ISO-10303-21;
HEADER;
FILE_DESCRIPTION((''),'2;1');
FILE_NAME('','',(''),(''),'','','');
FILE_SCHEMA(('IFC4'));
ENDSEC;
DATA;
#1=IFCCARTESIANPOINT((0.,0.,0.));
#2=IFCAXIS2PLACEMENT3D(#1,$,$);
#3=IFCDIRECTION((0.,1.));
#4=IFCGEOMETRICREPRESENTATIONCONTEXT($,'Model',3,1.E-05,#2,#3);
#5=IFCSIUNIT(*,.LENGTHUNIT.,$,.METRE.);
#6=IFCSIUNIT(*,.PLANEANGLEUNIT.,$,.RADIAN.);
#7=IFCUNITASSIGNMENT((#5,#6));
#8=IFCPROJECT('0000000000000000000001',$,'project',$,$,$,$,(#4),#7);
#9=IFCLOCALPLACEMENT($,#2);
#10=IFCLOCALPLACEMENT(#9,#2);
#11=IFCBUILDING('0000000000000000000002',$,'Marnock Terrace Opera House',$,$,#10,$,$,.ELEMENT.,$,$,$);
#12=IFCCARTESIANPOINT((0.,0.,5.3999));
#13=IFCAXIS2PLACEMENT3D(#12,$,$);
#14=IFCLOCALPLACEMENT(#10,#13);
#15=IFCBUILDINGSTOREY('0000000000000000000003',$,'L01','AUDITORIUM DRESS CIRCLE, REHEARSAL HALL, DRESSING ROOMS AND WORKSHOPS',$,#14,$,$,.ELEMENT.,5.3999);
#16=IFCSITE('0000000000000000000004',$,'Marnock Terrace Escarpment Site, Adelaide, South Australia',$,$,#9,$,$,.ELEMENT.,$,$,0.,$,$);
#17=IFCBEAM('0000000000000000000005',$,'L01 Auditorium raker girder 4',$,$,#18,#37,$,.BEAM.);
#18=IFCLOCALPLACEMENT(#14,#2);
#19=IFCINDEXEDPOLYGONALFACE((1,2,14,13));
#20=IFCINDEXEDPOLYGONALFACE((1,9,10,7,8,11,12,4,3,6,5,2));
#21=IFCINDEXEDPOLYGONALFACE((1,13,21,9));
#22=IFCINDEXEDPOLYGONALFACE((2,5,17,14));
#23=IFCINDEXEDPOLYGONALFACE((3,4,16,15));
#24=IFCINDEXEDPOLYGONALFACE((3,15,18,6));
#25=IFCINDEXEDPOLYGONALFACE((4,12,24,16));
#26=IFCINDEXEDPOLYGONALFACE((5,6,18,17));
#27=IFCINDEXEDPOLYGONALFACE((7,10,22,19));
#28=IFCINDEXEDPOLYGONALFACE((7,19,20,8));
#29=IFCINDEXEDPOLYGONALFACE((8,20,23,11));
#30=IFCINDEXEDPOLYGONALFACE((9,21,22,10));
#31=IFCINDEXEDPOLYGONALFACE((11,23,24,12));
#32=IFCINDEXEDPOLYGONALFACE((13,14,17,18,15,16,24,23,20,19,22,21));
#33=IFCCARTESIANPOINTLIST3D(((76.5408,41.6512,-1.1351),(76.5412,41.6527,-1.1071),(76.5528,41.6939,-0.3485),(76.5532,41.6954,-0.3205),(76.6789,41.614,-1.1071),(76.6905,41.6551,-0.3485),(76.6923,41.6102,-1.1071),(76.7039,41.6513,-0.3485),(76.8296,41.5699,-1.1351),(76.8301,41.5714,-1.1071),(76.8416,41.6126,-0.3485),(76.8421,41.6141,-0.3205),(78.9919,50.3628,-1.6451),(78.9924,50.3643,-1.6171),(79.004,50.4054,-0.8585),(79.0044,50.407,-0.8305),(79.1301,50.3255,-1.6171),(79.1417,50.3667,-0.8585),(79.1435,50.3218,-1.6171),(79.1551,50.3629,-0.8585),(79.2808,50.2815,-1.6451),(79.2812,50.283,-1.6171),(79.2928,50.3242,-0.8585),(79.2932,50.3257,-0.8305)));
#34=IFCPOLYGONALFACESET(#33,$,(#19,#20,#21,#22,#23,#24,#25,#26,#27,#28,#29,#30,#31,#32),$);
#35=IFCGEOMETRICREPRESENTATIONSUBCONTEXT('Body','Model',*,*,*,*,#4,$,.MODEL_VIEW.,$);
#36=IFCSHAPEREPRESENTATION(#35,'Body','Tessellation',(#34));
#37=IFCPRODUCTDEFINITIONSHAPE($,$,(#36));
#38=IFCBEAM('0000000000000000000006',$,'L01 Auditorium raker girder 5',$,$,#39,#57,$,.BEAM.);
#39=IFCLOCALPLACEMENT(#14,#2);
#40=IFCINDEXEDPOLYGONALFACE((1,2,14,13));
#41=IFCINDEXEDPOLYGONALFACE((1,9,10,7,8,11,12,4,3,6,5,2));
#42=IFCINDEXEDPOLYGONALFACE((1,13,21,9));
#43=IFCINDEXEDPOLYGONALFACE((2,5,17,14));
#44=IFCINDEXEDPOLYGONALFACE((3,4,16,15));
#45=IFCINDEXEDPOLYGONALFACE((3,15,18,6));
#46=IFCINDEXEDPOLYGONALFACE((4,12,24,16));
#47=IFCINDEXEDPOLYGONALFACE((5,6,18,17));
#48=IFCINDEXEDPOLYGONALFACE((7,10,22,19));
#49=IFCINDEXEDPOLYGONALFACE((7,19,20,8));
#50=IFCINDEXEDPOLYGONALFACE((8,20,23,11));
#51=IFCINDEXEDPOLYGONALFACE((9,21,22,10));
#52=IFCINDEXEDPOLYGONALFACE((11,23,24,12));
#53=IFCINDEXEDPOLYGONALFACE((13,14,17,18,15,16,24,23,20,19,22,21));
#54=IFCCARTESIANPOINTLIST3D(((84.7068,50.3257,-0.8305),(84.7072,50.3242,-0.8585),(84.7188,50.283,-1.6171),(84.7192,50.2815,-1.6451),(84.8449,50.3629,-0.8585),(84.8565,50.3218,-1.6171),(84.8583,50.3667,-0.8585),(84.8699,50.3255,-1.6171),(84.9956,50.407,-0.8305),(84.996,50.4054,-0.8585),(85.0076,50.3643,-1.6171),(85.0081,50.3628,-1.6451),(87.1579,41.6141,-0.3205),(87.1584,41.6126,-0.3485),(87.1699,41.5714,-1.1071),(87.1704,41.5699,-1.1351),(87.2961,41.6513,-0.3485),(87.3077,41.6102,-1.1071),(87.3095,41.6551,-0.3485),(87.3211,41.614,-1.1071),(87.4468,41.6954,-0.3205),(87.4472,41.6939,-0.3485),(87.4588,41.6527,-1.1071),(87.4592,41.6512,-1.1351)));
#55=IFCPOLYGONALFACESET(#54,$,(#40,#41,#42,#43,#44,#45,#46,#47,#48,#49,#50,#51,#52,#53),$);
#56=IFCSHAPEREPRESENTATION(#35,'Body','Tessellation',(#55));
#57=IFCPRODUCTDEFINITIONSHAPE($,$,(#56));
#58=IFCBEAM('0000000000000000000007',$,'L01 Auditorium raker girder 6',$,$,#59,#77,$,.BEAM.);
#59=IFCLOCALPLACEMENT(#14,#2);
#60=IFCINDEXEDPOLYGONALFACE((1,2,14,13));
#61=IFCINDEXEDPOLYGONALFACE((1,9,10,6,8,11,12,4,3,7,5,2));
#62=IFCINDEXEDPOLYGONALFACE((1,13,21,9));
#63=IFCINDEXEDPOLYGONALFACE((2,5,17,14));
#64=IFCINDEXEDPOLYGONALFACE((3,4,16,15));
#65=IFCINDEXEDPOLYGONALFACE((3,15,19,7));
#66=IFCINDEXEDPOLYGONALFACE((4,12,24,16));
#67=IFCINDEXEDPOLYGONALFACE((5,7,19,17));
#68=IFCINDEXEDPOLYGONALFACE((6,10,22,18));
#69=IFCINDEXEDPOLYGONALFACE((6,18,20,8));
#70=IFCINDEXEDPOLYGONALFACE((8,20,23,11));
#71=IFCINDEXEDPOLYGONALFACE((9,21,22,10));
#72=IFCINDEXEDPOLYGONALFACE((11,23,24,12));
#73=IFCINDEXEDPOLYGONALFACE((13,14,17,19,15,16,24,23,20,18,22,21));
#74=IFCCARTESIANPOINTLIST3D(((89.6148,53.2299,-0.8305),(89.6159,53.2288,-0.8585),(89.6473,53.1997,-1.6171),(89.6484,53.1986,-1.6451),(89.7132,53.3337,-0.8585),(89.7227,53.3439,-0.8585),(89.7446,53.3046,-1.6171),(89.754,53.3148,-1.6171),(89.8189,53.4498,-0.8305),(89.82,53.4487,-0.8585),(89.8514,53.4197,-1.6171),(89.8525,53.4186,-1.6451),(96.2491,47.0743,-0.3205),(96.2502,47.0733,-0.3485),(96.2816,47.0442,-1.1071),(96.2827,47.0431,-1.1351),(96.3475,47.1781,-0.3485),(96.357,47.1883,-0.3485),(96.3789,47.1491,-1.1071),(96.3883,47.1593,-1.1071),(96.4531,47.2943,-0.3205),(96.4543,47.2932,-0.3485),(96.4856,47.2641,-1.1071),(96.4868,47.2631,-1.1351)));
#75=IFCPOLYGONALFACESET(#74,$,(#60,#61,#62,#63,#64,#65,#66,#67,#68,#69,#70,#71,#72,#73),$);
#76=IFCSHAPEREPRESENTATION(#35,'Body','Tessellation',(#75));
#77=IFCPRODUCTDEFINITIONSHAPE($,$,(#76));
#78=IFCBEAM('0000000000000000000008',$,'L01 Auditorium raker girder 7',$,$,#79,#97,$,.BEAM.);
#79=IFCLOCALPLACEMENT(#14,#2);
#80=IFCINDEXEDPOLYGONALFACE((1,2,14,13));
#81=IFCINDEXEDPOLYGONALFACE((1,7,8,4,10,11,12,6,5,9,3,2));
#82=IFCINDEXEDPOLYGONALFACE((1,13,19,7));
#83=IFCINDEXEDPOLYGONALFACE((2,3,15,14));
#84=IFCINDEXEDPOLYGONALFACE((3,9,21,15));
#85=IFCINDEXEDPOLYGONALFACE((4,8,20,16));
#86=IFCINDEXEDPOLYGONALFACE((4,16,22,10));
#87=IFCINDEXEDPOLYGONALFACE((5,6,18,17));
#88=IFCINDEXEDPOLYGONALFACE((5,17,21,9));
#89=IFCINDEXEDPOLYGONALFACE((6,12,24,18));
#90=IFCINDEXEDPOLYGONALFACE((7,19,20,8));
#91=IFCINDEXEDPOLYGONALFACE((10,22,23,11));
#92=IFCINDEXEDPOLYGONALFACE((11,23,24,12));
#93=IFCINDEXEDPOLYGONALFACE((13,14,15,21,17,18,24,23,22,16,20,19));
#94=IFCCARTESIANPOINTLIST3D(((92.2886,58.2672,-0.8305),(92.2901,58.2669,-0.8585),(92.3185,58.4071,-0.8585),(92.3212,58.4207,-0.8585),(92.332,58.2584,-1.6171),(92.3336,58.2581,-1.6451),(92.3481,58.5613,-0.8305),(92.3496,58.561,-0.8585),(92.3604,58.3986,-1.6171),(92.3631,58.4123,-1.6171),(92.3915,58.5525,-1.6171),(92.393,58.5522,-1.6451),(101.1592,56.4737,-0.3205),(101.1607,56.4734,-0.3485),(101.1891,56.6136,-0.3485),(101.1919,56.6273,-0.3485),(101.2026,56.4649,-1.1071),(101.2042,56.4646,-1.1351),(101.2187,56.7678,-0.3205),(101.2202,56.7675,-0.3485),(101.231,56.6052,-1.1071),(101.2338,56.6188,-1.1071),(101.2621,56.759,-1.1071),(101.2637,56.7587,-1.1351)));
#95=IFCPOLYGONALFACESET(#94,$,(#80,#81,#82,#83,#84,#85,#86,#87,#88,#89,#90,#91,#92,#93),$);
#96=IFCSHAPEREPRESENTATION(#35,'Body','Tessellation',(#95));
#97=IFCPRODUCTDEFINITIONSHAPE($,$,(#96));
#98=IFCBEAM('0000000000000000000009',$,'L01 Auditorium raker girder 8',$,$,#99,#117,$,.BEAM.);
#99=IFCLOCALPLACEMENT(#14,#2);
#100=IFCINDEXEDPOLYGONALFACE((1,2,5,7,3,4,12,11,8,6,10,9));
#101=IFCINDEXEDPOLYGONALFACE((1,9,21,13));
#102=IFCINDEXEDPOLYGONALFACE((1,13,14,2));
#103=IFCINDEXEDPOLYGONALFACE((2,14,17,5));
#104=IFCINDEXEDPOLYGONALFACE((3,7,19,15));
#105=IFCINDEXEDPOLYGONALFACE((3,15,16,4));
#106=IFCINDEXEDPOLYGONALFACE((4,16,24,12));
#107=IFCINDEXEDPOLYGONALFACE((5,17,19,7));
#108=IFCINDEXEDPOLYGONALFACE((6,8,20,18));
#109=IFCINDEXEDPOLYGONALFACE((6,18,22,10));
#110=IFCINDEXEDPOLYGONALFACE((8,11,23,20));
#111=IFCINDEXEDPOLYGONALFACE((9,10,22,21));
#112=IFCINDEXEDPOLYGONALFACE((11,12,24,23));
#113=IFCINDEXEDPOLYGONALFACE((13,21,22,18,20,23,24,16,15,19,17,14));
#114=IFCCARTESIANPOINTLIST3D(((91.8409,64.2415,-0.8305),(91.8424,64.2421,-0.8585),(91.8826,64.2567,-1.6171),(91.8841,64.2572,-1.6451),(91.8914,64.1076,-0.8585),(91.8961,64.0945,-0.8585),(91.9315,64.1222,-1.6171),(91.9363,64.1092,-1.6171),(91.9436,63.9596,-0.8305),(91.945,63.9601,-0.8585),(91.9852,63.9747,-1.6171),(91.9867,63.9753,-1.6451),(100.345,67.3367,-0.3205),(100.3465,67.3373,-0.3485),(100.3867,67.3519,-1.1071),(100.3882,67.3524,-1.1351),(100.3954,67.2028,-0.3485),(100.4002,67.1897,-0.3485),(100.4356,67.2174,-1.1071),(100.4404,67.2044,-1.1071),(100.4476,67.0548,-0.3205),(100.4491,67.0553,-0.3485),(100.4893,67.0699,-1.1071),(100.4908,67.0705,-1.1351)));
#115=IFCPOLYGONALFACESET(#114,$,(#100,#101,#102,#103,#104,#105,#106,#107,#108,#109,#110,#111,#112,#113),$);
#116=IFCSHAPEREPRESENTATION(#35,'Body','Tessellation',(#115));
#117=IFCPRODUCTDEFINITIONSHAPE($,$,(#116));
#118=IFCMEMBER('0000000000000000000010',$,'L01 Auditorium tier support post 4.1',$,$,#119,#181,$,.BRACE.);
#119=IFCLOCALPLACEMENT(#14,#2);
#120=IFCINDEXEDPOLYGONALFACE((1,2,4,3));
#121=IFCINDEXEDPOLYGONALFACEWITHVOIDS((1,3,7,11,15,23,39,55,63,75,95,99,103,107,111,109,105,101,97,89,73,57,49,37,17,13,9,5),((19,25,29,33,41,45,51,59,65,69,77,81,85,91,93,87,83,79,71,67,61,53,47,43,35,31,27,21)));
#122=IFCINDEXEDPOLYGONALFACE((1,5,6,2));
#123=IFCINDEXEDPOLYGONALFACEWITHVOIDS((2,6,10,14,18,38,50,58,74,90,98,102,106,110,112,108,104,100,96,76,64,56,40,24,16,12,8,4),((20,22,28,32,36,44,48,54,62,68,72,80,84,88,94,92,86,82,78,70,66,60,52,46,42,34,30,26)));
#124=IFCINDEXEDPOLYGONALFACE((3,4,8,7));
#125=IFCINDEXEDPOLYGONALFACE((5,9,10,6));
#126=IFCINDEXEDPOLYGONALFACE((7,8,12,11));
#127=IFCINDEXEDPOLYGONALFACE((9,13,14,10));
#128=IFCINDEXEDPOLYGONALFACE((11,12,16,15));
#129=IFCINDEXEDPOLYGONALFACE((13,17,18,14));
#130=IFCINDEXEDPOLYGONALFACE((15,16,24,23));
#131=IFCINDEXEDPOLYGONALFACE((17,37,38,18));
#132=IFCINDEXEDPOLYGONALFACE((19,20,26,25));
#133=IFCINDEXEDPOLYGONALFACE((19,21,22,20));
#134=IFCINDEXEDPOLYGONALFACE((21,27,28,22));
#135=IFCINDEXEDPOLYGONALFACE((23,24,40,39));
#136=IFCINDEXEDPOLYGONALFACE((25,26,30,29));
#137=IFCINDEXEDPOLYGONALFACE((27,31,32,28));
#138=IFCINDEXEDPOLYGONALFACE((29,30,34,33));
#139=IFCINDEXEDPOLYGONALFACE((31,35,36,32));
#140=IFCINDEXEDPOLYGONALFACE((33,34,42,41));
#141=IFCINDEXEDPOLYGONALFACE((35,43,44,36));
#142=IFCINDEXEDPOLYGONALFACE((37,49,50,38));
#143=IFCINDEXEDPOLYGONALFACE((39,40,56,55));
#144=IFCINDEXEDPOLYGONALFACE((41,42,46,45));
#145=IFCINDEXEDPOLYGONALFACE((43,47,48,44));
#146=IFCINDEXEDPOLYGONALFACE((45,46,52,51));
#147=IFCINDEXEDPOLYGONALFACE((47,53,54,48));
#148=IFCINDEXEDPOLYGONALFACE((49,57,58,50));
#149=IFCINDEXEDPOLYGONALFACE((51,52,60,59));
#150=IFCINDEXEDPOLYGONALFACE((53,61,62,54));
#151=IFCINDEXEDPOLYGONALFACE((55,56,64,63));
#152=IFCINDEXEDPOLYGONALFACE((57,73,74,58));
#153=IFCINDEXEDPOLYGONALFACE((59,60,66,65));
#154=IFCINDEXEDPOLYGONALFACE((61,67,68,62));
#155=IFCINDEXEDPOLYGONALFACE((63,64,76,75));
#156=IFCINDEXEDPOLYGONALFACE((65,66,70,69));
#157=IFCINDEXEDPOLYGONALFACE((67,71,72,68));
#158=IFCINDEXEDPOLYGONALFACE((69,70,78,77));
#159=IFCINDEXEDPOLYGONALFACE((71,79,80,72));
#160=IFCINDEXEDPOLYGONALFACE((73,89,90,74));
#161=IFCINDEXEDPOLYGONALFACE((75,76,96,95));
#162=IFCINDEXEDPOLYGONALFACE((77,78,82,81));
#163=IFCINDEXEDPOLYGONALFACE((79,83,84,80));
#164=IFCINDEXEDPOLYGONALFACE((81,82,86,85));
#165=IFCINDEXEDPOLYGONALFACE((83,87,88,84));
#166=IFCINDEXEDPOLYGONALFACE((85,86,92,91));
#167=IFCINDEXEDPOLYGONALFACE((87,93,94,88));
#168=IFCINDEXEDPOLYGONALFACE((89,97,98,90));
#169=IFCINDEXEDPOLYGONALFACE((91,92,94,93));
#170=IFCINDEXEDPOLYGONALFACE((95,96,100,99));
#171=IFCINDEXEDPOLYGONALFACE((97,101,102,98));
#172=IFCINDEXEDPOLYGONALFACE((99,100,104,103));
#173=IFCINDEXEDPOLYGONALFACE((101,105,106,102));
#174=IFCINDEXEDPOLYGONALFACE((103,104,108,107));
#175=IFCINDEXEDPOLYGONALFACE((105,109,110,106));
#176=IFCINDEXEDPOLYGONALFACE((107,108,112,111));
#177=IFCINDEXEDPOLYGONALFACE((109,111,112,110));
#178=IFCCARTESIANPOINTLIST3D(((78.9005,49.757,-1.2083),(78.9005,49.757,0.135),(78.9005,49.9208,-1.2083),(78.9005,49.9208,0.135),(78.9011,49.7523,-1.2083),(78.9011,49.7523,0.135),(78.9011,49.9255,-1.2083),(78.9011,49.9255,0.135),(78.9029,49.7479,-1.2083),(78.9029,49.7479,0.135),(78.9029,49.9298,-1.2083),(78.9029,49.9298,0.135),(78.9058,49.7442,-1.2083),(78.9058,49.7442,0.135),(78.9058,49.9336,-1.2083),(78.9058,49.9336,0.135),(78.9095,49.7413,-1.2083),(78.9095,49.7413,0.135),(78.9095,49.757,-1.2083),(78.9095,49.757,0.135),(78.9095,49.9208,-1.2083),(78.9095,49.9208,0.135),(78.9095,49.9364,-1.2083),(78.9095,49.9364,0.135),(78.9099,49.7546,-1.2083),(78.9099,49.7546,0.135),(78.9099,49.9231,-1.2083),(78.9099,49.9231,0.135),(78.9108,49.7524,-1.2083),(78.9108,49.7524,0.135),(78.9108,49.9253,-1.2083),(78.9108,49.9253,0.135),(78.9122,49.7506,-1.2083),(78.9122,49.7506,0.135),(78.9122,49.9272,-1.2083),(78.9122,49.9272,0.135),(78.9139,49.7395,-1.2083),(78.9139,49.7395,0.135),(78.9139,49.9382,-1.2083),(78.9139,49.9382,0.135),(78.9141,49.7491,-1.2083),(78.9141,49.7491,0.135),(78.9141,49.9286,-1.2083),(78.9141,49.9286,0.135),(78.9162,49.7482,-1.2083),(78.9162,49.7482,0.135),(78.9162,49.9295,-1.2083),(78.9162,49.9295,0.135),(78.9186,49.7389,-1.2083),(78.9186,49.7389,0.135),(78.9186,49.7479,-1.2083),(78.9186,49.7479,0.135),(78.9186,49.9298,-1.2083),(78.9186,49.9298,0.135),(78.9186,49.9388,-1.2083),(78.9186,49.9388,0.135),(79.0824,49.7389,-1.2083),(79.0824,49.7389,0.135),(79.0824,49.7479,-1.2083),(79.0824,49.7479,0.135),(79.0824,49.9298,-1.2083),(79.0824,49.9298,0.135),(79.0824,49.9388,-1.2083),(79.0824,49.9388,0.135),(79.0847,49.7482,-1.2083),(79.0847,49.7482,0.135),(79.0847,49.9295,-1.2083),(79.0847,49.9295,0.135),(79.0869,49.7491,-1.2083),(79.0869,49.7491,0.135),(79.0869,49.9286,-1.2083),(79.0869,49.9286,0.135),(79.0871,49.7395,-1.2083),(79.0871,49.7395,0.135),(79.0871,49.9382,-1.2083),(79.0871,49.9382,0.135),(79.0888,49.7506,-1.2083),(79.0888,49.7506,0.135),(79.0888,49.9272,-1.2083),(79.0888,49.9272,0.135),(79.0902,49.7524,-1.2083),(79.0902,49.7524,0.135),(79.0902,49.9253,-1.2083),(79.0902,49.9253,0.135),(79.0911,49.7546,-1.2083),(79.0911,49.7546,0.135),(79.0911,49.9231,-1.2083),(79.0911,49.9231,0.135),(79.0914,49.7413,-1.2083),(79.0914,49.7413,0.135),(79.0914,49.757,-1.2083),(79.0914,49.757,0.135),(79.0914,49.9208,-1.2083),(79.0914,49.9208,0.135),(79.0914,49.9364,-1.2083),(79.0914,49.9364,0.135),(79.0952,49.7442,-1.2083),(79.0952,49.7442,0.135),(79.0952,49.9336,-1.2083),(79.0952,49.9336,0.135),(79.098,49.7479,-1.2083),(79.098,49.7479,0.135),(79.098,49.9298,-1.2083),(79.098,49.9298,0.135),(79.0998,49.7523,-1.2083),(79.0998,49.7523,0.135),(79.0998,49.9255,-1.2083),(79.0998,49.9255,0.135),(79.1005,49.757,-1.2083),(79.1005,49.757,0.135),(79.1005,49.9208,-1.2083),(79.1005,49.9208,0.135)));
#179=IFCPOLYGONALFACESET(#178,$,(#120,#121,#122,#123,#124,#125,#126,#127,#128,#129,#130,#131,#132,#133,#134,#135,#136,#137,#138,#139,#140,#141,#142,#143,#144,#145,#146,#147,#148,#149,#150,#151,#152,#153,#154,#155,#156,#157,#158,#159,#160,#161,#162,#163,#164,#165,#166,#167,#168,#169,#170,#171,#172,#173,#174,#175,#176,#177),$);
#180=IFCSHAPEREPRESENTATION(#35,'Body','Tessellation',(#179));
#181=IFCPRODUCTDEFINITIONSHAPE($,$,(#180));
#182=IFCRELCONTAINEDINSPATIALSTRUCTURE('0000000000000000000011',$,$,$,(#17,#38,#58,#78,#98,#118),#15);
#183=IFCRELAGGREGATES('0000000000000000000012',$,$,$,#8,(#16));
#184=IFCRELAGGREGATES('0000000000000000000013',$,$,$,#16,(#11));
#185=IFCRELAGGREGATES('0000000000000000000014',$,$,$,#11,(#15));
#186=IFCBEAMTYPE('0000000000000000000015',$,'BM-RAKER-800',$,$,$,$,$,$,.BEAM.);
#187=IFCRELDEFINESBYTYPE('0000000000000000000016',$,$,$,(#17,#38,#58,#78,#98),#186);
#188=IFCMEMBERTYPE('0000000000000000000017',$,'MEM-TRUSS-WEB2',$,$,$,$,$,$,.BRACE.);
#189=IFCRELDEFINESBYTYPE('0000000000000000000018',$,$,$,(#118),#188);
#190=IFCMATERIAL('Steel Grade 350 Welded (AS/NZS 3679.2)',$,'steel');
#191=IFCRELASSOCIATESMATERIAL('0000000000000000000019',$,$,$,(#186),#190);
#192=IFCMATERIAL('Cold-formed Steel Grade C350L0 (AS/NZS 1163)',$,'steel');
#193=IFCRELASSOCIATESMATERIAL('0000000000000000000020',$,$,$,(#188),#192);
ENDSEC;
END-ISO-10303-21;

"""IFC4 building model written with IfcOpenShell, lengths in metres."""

from ifc_helpers import new_model, si_unit, direction, frame, origin, origin_2d, place, context, subcontext, project, spatial, hollow_rectangle, i_section, extrude, material, material_profile, profile_set, type_object, element, save


model = new_model("IFC4")

# Units and contexts
model_context = context("Model", 3, precision=1e-05, world=origin(), true_north=direction((0.0, 1.0)))
body_context = subcontext(model_context, "Body", "Model", "MODEL_VIEW")
ifc_project = project(units=[si_unit("LENGTHUNIT", "METRE"), si_unit("PLANEANGLEUNIT", "RADIAN")], contexts=[model_context])

# Site, building, storey
site_placement = place(None, origin())
site = spatial("IfcSite", under=ifc_project, at=site_placement, Name="Marnock Terrace Escarpment Site, Adelaide, South Australia", CompositionType="ELEMENT", RefElevation=0.0)
building_placement = place(site_placement, origin())
building = spatial("IfcBuilding", under=site, at=building_placement, Name="Marnock Terrace Opera House", CompositionType="ELEMENT")
storey_placement = place(building_placement, frame((0.0, 0.0, 5.3999)))
storey = spatial("IfcBuildingStorey", under=building, at=storey_placement, Name="L01", Description="AUDITORIUM DRESS CIRCLE, REHEARSAL HALL, DRESSING ROOMS AND WORKSHOPS", CompositionType="ELEMENT", Elevation=5.3999)

# Beams
ifc_material_1 = material(Name="Steel Grade 350 Welded (AS/NZS 3679.2)", Category="steel")
ifc_material_profile_1 = material_profile(ifc_material_1, i_section(OverallWidth=0.3, OverallDepth=0.8159, WebThickness=0.0139, FlangeThickness=0.0281, at=origin_2d()))
ifc_profile_set_1 = profile_set([ifc_material_profile_1], Name="Steel Grade 350 Welded (AS/NZS 3679.2)")
beam_type_1 = type_object("IfcBeamType", Name="BM-RAKER-800", PredefinedType="BEAM", material=ifc_profile_set_1)
for number, where, z_axis, x_axis, name in (
    (1, (79.1426, 50.3442, -1.2378), (-0.27042, -0.961097, 0.056266), (0.962622, -0.270849, 0.0), "L01 Auditorium raker girder 4"),
    (2, (84.8574, 50.3442, -1.2378), (0.27042, -0.961097, 0.056266), (0.962622, 0.270849, 0.0), "L01 Auditorium raker girder 5"),
):
    element("IfcBeam", number, at=place(storey_placement, frame(where, z_axis=z_axis, x_axis=x_axis)), inside=storey, type_object=beam_type_1, Name=name, PredefinedType="BEAM", context=body_context, shape_type="SweptSolid", body=[
        extrude(i_section(OverallWidth=0.3, OverallDepth=0.8159, WebThickness=0.0139, FlangeThickness=0.0281, at=origin_2d()), origin(), (0.0, 0.0, 1.0), 9.0642),
    ])
for number, where, z_axis, x_axis, name in (
    (3, (89.7336, 53.3242, -1.2378), (0.731901, -0.679084, 0.056265), (0.680161, 0.733062, 0.0), "L01 Auditorium raker girder 6"),
    (4, (92.3408, 58.4097, -1.2378), (0.978615, -0.197856, 0.056265), (0.19817, 0.980168, 0.0), "L01 Auditorium raker girder 7"),
):
    element("IfcBeam", number, at=place(storey_placement, frame(where, z_axis=z_axis, x_axis=x_axis)), inside=storey, type_object=beam_type_1, Name=name, PredefinedType="BEAM", context=body_context, shape_type="SweptSolid", body=[
        extrude(i_section(OverallWidth=0.3, OverallDepth=0.8159, WebThickness=0.0139, FlangeThickness=0.0281, at=origin_2d()), origin(), (0.0, 0.0, 1.0), 9.0645),
    ])
beam_1_placement = place(storey_placement, frame((91.9138, 64.1084, -1.2378), z_axis=(0.938205, 0.341474, 0.056266), x_axis=(-0.342016, 0.939694, 0.0)))
element("IfcBeam", 5, at=beam_1_placement, inside=storey, type_object=beam_type_1, Name="L01 Auditorium raker girder 8", PredefinedType="BEAM", context=body_context, shape_type="SweptSolid", body=[
    extrude(i_section(OverallWidth=0.3, OverallDepth=0.8159, WebThickness=0.0139, FlangeThickness=0.0281, at=origin_2d()), origin(), (0.0, 0.0, 1.0), 9.0642),
])

# Member
ifc_material_2 = material(Name="Cold-formed Steel Grade C350L0 (AS/NZS 1163)", Category="steel")
ifc_material_profile_2 = material_profile(ifc_material_2, hollow_rectangle(XDim=0.2, YDim=0.2, WallThickness=0.009, InnerFilletRadius=0.009, OuterFilletRadius=0.0181, at=origin_2d()))
ifc_profile_set_2 = profile_set([ifc_material_profile_2], Name="Cold-formed Steel Grade C350L0 (AS/NZS 1163)")
member_type = type_object("IfcMemberType", Name="MEM-TRUSS-WEB2", PredefinedType="BRACE", material=ifc_profile_set_2)
member_1_placement = place(storey_placement, frame((79.0005, 49.8389, -1.2083), z_axis=(0.0, 0.0, 1.0), x_axis=(1.0, 0.0, 0.0)))
element("IfcMember", 6, at=member_1_placement, inside=storey, type_object=member_type, Name="L01 Auditorium tier support post 4.1", PredefinedType="BRACE", context=body_context, shape_type="SweptSolid", body=[
    extrude(hollow_rectangle(XDim=0.2, YDim=0.2, WallThickness=0.009, InnerFilletRadius=0.009, OuterFilletRadius=0.0181, at=origin_2d()), origin(), (0.0, 0.0, 1.0), 1.3433),
])

save(model, "model.ifc")
